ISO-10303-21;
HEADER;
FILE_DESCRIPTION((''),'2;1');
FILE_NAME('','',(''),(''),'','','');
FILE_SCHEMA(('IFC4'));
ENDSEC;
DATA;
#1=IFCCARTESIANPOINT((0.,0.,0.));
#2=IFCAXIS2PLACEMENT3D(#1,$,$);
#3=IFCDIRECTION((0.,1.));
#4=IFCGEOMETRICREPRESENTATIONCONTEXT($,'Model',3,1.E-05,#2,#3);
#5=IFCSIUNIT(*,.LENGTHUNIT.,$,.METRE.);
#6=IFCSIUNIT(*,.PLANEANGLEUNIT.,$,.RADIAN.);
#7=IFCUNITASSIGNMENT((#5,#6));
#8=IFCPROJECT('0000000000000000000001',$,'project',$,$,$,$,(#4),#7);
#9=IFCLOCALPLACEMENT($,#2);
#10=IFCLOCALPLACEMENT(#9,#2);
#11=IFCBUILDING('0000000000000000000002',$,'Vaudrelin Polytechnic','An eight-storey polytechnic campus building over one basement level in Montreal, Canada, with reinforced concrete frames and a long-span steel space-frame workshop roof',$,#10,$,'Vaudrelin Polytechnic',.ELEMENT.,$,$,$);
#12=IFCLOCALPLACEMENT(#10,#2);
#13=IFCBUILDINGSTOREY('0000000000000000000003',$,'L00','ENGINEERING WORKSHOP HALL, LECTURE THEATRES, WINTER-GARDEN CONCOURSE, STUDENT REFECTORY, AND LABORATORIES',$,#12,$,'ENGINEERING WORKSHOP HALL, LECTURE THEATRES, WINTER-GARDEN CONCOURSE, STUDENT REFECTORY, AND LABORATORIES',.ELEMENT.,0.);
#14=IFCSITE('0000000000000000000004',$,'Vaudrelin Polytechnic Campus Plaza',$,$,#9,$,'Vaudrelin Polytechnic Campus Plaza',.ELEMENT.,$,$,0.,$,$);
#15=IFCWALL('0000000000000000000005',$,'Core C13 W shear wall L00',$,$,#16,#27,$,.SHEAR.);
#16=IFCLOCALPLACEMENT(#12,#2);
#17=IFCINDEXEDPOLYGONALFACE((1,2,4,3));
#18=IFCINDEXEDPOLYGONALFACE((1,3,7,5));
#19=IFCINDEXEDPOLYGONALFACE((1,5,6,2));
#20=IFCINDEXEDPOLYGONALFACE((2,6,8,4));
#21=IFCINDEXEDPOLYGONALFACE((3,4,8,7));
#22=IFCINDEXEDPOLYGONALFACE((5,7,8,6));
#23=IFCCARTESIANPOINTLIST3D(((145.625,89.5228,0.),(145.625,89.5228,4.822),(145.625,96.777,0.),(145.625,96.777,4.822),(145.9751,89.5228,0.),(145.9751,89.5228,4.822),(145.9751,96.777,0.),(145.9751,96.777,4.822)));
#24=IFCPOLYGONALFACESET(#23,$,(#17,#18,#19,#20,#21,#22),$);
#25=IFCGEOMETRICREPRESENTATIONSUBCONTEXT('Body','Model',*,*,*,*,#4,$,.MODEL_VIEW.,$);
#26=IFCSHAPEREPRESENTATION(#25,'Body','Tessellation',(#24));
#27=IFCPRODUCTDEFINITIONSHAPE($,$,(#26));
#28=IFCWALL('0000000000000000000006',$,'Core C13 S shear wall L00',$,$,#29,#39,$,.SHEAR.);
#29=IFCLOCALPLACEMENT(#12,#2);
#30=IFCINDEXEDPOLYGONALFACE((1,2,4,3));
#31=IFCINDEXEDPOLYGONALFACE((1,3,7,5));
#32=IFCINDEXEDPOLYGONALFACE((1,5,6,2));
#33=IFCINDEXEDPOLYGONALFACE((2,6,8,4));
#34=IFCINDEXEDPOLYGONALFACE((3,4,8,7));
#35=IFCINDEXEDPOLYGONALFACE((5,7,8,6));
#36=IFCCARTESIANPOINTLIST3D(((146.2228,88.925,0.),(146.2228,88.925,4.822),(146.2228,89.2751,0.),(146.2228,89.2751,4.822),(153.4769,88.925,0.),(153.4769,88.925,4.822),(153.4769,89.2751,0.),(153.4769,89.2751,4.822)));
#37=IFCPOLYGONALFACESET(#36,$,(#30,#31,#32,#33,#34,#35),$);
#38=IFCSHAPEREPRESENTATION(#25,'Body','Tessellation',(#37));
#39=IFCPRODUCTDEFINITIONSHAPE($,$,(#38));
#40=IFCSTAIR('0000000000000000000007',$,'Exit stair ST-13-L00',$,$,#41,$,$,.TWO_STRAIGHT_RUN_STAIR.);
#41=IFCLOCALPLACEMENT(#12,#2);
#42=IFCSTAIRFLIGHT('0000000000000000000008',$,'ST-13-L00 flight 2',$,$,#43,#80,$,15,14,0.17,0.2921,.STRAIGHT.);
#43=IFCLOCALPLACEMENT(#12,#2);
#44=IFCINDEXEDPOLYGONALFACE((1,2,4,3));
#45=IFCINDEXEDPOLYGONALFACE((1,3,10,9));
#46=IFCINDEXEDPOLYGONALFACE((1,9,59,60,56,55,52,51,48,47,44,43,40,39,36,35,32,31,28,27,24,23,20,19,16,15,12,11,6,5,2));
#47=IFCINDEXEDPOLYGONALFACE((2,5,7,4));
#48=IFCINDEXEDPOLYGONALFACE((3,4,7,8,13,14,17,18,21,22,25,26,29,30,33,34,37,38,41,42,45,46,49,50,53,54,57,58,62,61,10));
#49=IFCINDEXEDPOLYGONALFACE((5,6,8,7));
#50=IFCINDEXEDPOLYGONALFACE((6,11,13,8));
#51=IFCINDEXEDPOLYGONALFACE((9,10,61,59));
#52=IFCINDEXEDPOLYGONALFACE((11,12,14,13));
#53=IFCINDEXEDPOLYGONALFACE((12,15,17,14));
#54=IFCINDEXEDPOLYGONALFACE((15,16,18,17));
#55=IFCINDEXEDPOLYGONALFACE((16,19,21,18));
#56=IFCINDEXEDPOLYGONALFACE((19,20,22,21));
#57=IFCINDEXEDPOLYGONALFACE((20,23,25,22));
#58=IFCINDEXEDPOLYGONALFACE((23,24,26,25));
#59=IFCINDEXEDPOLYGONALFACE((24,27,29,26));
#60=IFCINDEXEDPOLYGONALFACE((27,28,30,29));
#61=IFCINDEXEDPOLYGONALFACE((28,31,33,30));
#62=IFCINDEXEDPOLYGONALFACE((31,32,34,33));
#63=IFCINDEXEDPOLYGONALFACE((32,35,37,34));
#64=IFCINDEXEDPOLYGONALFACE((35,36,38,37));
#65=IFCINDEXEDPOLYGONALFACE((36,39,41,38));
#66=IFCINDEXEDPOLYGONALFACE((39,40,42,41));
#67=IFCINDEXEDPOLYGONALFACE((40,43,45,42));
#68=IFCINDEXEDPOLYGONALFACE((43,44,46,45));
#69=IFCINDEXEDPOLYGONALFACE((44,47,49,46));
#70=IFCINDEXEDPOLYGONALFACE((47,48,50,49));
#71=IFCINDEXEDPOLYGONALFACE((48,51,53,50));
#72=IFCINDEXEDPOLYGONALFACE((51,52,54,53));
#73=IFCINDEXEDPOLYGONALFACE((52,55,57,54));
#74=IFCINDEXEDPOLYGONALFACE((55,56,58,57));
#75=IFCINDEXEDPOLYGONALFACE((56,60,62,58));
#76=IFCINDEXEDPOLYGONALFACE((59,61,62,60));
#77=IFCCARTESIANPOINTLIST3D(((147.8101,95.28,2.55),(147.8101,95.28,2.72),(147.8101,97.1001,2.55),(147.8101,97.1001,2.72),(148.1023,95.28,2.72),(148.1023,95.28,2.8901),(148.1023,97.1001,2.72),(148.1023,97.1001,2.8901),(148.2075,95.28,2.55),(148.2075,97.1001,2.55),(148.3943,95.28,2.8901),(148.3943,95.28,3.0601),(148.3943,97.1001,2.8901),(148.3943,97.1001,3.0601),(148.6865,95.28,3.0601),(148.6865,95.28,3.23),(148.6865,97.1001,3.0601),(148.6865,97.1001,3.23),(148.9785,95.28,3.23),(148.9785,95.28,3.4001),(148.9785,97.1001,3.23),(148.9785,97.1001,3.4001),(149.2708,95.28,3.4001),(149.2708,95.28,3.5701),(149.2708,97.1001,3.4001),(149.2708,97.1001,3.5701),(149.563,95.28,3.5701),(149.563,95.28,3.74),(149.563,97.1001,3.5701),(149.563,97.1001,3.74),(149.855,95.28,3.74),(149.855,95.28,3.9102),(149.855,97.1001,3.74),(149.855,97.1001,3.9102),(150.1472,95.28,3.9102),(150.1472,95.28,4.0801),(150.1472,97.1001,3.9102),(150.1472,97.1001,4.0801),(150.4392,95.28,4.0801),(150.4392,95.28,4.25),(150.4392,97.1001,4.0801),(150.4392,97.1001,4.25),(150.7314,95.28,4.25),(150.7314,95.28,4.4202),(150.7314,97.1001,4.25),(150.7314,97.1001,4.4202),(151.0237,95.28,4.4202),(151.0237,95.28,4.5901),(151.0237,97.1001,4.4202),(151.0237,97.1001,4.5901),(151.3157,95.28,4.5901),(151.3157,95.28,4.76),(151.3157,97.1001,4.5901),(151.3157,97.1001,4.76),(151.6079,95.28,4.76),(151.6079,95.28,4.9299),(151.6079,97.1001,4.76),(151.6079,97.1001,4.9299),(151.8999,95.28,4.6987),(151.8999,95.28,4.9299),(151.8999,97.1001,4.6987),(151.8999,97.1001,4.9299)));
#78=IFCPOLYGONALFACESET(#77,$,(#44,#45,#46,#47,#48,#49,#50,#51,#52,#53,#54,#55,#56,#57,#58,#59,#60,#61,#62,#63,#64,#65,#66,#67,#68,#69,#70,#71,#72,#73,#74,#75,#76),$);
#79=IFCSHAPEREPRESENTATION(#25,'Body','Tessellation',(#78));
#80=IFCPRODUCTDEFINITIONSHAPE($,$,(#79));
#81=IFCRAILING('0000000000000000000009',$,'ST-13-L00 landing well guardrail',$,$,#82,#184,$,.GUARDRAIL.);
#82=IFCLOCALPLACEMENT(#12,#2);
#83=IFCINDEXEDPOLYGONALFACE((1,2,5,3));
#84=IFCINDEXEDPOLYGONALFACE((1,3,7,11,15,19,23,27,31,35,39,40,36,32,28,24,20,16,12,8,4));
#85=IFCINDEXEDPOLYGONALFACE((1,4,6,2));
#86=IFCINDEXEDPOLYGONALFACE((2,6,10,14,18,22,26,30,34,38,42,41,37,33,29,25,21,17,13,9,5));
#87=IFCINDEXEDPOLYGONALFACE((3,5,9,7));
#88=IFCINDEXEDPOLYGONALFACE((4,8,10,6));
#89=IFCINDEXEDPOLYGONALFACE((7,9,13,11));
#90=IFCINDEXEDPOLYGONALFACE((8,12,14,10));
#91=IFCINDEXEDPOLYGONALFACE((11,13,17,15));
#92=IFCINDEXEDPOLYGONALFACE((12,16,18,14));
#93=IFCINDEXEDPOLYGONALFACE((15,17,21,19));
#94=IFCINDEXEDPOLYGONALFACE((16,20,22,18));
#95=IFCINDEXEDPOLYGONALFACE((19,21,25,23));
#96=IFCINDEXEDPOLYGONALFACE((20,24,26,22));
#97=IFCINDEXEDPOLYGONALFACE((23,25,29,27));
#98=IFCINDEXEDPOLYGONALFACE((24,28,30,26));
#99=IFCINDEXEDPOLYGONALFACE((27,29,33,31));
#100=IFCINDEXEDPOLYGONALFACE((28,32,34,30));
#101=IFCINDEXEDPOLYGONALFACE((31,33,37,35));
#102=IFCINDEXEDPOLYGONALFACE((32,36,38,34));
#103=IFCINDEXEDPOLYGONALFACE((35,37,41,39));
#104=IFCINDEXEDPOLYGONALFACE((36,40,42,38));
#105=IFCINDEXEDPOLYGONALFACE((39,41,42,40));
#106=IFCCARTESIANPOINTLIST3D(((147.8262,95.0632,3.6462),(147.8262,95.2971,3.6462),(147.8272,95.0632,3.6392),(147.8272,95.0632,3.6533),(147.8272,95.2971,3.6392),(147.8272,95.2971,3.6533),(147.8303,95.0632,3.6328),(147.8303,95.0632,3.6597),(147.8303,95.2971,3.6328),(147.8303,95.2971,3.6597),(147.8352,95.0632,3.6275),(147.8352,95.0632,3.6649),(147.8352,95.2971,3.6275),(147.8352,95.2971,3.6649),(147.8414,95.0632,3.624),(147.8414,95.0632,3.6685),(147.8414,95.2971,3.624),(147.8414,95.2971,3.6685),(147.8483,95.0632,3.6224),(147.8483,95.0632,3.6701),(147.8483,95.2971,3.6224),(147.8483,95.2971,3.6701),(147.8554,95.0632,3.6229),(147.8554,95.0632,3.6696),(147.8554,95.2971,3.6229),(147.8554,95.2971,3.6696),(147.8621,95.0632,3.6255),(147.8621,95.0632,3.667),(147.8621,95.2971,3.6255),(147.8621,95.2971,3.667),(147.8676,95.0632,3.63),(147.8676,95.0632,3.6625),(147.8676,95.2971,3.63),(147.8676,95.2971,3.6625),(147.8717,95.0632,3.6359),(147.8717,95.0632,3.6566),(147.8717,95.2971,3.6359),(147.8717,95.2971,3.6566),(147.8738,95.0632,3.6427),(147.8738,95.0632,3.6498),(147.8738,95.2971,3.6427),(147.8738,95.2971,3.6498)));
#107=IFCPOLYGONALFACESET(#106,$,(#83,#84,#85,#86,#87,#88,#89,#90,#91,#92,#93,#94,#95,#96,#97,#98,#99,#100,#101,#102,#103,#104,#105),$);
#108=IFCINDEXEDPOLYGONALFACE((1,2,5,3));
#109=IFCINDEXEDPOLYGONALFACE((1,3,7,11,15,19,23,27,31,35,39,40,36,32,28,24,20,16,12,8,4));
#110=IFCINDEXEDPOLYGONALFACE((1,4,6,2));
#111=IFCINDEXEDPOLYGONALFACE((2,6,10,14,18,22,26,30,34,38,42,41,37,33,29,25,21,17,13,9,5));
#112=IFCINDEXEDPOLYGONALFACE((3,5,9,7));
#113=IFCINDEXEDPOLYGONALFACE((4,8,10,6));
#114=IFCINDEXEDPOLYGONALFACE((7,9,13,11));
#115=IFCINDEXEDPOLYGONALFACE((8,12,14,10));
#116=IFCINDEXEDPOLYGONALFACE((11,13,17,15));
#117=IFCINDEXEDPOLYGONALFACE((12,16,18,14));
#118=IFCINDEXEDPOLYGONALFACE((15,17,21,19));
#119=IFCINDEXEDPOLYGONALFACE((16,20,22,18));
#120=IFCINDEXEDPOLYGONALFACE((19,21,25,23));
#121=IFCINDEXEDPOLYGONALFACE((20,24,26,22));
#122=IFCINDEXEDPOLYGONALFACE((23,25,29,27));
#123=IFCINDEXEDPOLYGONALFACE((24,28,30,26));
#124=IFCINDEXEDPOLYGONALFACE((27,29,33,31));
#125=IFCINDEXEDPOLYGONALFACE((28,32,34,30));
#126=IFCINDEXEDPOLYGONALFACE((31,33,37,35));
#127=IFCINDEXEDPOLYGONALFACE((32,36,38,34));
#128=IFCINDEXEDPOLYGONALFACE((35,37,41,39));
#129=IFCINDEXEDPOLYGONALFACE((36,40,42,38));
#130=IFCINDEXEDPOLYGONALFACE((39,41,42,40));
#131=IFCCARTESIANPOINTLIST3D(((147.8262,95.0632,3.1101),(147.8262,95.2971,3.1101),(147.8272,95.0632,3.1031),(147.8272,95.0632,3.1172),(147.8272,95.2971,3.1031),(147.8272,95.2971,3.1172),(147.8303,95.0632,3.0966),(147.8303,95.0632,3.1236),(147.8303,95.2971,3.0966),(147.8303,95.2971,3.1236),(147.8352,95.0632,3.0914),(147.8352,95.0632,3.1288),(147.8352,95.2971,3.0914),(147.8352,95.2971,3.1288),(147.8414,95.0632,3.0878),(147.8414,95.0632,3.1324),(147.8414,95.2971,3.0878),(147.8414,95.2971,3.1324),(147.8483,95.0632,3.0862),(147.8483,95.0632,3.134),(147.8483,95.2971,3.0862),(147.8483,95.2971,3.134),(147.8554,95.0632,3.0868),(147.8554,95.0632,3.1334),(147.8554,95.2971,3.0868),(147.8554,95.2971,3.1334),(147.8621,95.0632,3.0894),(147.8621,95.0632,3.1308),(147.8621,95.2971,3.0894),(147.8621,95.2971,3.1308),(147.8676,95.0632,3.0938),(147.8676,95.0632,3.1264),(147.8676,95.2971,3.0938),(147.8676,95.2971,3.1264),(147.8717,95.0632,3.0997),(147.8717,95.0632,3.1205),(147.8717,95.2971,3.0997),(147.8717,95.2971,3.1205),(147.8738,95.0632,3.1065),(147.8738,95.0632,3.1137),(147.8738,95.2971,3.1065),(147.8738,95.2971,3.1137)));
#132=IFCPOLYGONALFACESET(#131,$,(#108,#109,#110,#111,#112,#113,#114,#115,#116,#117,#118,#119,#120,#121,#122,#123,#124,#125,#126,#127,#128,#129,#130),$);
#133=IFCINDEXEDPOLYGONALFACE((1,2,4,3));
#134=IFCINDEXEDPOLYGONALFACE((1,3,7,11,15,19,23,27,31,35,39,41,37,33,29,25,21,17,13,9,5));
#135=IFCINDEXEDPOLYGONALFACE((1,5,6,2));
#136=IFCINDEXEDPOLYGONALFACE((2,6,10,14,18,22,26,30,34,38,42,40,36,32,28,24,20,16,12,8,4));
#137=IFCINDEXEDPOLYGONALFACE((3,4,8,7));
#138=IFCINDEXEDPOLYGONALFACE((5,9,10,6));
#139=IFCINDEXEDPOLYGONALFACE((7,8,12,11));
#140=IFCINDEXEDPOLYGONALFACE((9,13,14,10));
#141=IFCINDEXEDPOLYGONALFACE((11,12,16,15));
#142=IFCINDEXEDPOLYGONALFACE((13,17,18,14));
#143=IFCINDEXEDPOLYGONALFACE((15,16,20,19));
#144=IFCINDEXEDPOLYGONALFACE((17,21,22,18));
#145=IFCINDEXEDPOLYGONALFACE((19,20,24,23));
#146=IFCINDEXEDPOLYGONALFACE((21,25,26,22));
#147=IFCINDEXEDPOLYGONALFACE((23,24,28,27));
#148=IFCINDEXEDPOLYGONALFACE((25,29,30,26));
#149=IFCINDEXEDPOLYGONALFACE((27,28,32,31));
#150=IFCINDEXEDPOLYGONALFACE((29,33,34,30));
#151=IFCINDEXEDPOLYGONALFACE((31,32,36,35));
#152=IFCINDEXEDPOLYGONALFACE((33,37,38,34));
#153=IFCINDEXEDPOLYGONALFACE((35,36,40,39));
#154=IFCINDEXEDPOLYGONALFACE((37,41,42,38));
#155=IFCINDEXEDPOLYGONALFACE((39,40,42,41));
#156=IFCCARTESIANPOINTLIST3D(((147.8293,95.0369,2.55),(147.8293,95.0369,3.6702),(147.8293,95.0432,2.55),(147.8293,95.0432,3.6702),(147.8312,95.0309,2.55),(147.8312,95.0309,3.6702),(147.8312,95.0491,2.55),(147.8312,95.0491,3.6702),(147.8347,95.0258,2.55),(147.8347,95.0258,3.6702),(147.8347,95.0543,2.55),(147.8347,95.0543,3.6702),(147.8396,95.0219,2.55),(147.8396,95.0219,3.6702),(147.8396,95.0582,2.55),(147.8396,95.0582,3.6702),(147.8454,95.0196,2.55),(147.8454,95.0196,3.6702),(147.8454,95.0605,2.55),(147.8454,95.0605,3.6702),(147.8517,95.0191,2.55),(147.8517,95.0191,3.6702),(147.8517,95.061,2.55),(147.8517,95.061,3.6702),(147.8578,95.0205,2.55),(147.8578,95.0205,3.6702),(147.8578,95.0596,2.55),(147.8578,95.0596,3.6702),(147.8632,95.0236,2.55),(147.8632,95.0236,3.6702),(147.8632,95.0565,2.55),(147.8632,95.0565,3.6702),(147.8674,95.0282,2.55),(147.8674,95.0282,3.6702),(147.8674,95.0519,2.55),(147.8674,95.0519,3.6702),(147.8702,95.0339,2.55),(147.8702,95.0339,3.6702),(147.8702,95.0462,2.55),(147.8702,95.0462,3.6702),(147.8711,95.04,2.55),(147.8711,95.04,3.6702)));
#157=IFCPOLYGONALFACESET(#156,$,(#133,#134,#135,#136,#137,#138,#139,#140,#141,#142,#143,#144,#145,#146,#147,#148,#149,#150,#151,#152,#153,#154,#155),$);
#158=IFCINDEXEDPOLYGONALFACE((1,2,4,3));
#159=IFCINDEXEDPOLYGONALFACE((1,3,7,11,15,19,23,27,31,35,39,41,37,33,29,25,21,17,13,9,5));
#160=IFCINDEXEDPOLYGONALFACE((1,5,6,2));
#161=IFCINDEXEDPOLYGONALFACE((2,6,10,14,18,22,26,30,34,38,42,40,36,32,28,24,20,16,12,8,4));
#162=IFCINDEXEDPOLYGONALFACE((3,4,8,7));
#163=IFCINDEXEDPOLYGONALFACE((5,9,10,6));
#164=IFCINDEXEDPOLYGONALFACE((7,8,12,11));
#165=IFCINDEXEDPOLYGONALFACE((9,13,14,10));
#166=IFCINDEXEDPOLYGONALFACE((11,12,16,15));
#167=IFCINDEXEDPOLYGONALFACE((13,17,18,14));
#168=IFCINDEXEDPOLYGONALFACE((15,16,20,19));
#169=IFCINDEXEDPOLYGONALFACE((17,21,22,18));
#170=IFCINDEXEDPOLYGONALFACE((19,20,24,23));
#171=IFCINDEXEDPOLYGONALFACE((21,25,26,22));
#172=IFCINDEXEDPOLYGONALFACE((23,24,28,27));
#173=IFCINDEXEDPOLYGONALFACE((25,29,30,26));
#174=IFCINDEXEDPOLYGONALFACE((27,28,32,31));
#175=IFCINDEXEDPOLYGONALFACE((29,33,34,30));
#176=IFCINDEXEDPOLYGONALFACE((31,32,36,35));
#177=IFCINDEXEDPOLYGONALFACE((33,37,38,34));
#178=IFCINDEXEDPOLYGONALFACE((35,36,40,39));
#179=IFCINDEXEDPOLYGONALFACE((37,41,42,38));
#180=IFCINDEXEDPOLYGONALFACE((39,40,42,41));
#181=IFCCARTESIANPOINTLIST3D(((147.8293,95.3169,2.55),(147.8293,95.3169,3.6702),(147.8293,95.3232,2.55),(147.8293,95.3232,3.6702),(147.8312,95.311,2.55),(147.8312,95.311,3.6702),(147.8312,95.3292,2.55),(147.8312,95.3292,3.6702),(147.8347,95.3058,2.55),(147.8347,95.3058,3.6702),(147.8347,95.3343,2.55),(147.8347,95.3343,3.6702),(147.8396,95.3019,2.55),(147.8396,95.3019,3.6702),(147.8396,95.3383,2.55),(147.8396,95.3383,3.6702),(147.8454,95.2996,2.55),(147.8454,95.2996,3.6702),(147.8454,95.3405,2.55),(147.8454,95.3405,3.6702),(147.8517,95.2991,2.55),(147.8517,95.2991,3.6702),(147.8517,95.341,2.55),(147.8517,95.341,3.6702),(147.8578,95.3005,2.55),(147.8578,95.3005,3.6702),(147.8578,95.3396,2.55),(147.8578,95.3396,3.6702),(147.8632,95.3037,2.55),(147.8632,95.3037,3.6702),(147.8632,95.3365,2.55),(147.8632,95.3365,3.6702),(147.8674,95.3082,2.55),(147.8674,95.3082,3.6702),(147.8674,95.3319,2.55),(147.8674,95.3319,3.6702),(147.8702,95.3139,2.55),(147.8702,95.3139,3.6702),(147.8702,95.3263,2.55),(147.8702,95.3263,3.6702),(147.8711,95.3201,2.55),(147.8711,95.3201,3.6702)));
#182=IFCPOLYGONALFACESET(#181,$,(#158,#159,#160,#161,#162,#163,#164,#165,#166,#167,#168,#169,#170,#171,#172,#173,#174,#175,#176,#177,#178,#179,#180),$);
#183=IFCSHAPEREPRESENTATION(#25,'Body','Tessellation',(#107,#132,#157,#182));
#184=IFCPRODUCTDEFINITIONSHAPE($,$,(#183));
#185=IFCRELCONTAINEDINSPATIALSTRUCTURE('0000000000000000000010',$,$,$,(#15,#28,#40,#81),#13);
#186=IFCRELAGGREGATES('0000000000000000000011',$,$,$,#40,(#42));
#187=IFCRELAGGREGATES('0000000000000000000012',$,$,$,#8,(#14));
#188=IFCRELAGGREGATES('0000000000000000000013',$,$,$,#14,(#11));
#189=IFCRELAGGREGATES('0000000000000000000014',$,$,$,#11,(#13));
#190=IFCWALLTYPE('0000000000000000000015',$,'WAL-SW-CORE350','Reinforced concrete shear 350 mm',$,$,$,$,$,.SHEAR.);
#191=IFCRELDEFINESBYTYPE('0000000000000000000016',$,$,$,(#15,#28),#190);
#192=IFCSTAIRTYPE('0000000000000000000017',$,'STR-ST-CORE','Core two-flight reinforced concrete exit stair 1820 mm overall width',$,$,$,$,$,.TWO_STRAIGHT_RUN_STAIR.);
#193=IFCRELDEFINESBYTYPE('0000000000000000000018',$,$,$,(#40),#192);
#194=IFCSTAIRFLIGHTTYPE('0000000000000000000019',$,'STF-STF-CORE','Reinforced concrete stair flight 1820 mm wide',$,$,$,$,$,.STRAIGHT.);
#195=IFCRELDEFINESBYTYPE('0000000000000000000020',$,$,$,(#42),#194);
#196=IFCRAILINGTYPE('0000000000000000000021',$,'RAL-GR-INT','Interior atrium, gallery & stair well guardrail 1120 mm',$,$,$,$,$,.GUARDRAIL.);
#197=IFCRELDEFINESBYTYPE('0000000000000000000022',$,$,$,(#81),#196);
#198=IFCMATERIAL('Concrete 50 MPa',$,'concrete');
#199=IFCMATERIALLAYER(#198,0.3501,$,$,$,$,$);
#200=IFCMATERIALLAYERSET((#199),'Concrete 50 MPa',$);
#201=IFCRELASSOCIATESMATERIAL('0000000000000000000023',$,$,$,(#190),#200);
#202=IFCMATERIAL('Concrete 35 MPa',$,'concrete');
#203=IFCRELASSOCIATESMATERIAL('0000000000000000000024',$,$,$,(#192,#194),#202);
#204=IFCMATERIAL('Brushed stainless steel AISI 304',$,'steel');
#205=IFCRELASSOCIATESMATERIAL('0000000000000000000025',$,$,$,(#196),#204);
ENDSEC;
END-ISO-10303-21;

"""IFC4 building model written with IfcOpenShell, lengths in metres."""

from ifc_helpers import new_model, si_unit, direction, frame, frame_2d, origin, origin_2d, place, context, subcontext, project, spatial, polyline, rectangle, circle, outline, extrude, material, layer, layer_set, type_object, element, aggregate, save


model = new_model("IFC4")

# Units and contexts
model_context = context("Model", 3, precision=1e-05, world=origin(), true_north=direction((0.0, 1.0)))
body_context = subcontext(model_context, "Body", "Model", "MODEL_VIEW")
ifc_project = project(units=[si_unit("LENGTHUNIT", "METRE"), si_unit("PLANEANGLEUNIT", "RADIAN")], contexts=[model_context])

# Site, building, storey
site_placement = place(None, origin())
site = spatial("IfcSite", under=ifc_project, at=site_placement, Name="Vaudrelin Polytechnic Campus Plaza", LongName="Vaudrelin Polytechnic Campus Plaza", CompositionType="ELEMENT", RefElevation=0.0)
building_placement = place(site_placement, origin())
building = spatial("IfcBuilding", under=site, at=building_placement, Name="Vaudrelin Polytechnic", Description="An eight-storey polytechnic campus building over one basement level in Montreal, Canada, with reinforced concrete frames and a long-span steel space-frame workshop roof", LongName="Vaudrelin Polytechnic", CompositionType="ELEMENT")
storey_placement = place(building_placement, origin())
storey = spatial("IfcBuildingStorey", under=building, at=storey_placement, Name="L00", Description="ENGINEERING WORKSHOP HALL, LECTURE THEATRES, WINTER-GARDEN CONCOURSE, STUDENT REFECTORY, AND LABORATORIES", LongName="ENGINEERING WORKSHOP HALL, LECTURE THEATRES, WINTER-GARDEN CONCOURSE, STUDENT REFECTORY, AND LABORATORIES", CompositionType="ELEMENT", Elevation=0.0)

# Shared definitions
ifc_material_1 = material(Name="Concrete 50 MPa", Category="concrete")

# Walls
ifc_layer_1 = layer(ifc_material_1, 0.3501)
ifc_layer_set_1 = layer_set([ifc_layer_1], Name="Concrete 50 MPa")
wall_type_1 = type_object("IfcWallType", Name="WAL-SW-CORE350", Description="Reinforced concrete shear 350 mm", PredefinedType="SHEAR", material=ifc_layer_set_1)
for number, where, z_axis, x_axis, name in (
    (1, (145.8, 89.5229, 0.0), (0.0, 0.0, 1.0), (0.0, 1.0, 0.0), "Core C13 W shear wall L00"),
    (2, (146.2229, 89.1001, 0.0), (0.0, 0.0, 1.0), (1.0, 0.0, 0.0), "Core C13 S shear wall L00"),
):
    element("IfcWall", number, at=place(storey_placement, frame(where, z_axis=z_axis, x_axis=x_axis)), inside=storey, type_object=wall_type_1, Name=name, PredefinedType="SHEAR", context=body_context, shape_type="SweptSolid", body=[
        extrude(rectangle(XDim=7.2542, YDim=0.3501, at=frame_2d((3.627, 0.0))), origin(), (0.0, 0.0, 1.0), 4.822),
    ])

# Stair, stair flight
ifc_material_2 = material(Name="Concrete 35 MPa", Category="concrete")
stair_type = type_object("IfcStairType", Name="STR-ST-CORE", Description="Core two-flight reinforced concrete exit stair 1820 mm overall width", PredefinedType="TWO_STRAIGHT_RUN_STAIR", material=ifc_material_2)
stair_placement = place(storey_placement, origin())
stair = element("IfcStair", 3, at=stair_placement, inside=storey, type_object=stair_type, Name="Exit stair ST-13-L00", PredefinedType="TWO_STRAIGHT_RUN_STAIR")
stair_flight_type = type_object("IfcStairFlightType", Name="STF-STF-CORE", Description="Reinforced concrete stair flight 1820 mm wide", PredefinedType="STRAIGHT", material=ifc_material_2)
stair_flight_placement = place(storey_placement, frame((147.8101, 96.1899, 2.55), z_axis=(0.0, 0.0, 1.0), x_axis=(1.0, 0.0, 0.0)))
stair_flight = element("IfcStairFlight", 4, at=stair_flight_placement, type_object=stair_flight_type, Name="ST-13-L00 flight 2", NumberOfRisers=15, NumberOfTreads=14, PredefinedType="STRAIGHT", RiserHeight=0.17, TreadLength=0.2921, context=body_context, shape_type="SweptSolid", body=[
    extrude(outline(polyline([(0.0, 0.0), (0.0, 0.1699), (0.2922, 0.1699), (0.2922, 0.3401), (0.5842, 0.3401), (0.5842, 0.51), (0.8765, 0.51), (0.8765, 0.6799), (1.1685, 0.6799), (1.1685, 0.8501), (1.4607, 0.8501), (1.4607, 1.02), (1.7529, 1.02), (1.7529, 1.1899), (2.0449, 1.1899), (2.0449, 1.3601), (2.3372, 1.3601), (2.3372, 1.53), (2.6292, 1.53), (2.6292, 1.7), (2.9214, 1.7), (2.9214, 1.8701), (3.2136, 1.8701), (3.2136, 2.04), (3.5056, 2.04), (3.5056, 2.21), (3.7979, 2.21), (3.7979, 2.3799), (4.0898, 2.3799), (4.0898, 2.55), (4.0898, 2.1487), (0.3975, 0.0), (0.0, 0.0)])), frame((0.0, 0.9102, 0.0), z_axis=(0.0, -1.0, 0.0), x_axis=(1.0, 0.0, 0.0)), (0.0, 0.0, 1.0), 1.8201),
])
aggregate(stair, [stair_flight])

# Railing
ifc_material_3 = material(Name="Brushed stainless steel AISI 304", Category="steel")
railing_type_1 = type_object("IfcRailingType", Name="RAL-GR-INT", Description="Interior atrium, gallery & stair well guardrail 1120 mm", PredefinedType="GUARDRAIL", material=ifc_material_3)
railing_1_placement = place(storey_placement, frame((147.8501, 95.04, 2.55)))
element("IfcRailing", 5, at=railing_1_placement, inside=storey, type_object=railing_type_1, Name="ST-13-L00 landing well guardrail", PredefinedType="GUARDRAIL", context=body_context, shape_type="SweptSolid", body=[
    extrude(circle(Radius=0.0239, at=origin_2d()), frame((0.0, 0.0232, 1.0962), z_axis=(0.0, 1.0, 0.0), x_axis=(-1.0, 0.0, 0.0)), (0.0, 0.0, 1.0), 0.2339),
    extrude(circle(Radius=0.0239, at=origin_2d()), frame((0.0, 0.0232, 0.5601), z_axis=(0.0, 1.0, 0.0), x_axis=(-1.0, 0.0, 0.0)), (0.0, 0.0, 1.0), 0.2339),
    extrude(circle(Radius=0.021, at=origin_2d()), origin(), (0.0, 0.0, 1.0), 1.1201),
    extrude(circle(Radius=0.021, at=origin_2d()), frame((0.0, 0.28, 0.0)), (0.0, 0.0, 1.0), 1.1201),
])

save(model, "model.ifc")
